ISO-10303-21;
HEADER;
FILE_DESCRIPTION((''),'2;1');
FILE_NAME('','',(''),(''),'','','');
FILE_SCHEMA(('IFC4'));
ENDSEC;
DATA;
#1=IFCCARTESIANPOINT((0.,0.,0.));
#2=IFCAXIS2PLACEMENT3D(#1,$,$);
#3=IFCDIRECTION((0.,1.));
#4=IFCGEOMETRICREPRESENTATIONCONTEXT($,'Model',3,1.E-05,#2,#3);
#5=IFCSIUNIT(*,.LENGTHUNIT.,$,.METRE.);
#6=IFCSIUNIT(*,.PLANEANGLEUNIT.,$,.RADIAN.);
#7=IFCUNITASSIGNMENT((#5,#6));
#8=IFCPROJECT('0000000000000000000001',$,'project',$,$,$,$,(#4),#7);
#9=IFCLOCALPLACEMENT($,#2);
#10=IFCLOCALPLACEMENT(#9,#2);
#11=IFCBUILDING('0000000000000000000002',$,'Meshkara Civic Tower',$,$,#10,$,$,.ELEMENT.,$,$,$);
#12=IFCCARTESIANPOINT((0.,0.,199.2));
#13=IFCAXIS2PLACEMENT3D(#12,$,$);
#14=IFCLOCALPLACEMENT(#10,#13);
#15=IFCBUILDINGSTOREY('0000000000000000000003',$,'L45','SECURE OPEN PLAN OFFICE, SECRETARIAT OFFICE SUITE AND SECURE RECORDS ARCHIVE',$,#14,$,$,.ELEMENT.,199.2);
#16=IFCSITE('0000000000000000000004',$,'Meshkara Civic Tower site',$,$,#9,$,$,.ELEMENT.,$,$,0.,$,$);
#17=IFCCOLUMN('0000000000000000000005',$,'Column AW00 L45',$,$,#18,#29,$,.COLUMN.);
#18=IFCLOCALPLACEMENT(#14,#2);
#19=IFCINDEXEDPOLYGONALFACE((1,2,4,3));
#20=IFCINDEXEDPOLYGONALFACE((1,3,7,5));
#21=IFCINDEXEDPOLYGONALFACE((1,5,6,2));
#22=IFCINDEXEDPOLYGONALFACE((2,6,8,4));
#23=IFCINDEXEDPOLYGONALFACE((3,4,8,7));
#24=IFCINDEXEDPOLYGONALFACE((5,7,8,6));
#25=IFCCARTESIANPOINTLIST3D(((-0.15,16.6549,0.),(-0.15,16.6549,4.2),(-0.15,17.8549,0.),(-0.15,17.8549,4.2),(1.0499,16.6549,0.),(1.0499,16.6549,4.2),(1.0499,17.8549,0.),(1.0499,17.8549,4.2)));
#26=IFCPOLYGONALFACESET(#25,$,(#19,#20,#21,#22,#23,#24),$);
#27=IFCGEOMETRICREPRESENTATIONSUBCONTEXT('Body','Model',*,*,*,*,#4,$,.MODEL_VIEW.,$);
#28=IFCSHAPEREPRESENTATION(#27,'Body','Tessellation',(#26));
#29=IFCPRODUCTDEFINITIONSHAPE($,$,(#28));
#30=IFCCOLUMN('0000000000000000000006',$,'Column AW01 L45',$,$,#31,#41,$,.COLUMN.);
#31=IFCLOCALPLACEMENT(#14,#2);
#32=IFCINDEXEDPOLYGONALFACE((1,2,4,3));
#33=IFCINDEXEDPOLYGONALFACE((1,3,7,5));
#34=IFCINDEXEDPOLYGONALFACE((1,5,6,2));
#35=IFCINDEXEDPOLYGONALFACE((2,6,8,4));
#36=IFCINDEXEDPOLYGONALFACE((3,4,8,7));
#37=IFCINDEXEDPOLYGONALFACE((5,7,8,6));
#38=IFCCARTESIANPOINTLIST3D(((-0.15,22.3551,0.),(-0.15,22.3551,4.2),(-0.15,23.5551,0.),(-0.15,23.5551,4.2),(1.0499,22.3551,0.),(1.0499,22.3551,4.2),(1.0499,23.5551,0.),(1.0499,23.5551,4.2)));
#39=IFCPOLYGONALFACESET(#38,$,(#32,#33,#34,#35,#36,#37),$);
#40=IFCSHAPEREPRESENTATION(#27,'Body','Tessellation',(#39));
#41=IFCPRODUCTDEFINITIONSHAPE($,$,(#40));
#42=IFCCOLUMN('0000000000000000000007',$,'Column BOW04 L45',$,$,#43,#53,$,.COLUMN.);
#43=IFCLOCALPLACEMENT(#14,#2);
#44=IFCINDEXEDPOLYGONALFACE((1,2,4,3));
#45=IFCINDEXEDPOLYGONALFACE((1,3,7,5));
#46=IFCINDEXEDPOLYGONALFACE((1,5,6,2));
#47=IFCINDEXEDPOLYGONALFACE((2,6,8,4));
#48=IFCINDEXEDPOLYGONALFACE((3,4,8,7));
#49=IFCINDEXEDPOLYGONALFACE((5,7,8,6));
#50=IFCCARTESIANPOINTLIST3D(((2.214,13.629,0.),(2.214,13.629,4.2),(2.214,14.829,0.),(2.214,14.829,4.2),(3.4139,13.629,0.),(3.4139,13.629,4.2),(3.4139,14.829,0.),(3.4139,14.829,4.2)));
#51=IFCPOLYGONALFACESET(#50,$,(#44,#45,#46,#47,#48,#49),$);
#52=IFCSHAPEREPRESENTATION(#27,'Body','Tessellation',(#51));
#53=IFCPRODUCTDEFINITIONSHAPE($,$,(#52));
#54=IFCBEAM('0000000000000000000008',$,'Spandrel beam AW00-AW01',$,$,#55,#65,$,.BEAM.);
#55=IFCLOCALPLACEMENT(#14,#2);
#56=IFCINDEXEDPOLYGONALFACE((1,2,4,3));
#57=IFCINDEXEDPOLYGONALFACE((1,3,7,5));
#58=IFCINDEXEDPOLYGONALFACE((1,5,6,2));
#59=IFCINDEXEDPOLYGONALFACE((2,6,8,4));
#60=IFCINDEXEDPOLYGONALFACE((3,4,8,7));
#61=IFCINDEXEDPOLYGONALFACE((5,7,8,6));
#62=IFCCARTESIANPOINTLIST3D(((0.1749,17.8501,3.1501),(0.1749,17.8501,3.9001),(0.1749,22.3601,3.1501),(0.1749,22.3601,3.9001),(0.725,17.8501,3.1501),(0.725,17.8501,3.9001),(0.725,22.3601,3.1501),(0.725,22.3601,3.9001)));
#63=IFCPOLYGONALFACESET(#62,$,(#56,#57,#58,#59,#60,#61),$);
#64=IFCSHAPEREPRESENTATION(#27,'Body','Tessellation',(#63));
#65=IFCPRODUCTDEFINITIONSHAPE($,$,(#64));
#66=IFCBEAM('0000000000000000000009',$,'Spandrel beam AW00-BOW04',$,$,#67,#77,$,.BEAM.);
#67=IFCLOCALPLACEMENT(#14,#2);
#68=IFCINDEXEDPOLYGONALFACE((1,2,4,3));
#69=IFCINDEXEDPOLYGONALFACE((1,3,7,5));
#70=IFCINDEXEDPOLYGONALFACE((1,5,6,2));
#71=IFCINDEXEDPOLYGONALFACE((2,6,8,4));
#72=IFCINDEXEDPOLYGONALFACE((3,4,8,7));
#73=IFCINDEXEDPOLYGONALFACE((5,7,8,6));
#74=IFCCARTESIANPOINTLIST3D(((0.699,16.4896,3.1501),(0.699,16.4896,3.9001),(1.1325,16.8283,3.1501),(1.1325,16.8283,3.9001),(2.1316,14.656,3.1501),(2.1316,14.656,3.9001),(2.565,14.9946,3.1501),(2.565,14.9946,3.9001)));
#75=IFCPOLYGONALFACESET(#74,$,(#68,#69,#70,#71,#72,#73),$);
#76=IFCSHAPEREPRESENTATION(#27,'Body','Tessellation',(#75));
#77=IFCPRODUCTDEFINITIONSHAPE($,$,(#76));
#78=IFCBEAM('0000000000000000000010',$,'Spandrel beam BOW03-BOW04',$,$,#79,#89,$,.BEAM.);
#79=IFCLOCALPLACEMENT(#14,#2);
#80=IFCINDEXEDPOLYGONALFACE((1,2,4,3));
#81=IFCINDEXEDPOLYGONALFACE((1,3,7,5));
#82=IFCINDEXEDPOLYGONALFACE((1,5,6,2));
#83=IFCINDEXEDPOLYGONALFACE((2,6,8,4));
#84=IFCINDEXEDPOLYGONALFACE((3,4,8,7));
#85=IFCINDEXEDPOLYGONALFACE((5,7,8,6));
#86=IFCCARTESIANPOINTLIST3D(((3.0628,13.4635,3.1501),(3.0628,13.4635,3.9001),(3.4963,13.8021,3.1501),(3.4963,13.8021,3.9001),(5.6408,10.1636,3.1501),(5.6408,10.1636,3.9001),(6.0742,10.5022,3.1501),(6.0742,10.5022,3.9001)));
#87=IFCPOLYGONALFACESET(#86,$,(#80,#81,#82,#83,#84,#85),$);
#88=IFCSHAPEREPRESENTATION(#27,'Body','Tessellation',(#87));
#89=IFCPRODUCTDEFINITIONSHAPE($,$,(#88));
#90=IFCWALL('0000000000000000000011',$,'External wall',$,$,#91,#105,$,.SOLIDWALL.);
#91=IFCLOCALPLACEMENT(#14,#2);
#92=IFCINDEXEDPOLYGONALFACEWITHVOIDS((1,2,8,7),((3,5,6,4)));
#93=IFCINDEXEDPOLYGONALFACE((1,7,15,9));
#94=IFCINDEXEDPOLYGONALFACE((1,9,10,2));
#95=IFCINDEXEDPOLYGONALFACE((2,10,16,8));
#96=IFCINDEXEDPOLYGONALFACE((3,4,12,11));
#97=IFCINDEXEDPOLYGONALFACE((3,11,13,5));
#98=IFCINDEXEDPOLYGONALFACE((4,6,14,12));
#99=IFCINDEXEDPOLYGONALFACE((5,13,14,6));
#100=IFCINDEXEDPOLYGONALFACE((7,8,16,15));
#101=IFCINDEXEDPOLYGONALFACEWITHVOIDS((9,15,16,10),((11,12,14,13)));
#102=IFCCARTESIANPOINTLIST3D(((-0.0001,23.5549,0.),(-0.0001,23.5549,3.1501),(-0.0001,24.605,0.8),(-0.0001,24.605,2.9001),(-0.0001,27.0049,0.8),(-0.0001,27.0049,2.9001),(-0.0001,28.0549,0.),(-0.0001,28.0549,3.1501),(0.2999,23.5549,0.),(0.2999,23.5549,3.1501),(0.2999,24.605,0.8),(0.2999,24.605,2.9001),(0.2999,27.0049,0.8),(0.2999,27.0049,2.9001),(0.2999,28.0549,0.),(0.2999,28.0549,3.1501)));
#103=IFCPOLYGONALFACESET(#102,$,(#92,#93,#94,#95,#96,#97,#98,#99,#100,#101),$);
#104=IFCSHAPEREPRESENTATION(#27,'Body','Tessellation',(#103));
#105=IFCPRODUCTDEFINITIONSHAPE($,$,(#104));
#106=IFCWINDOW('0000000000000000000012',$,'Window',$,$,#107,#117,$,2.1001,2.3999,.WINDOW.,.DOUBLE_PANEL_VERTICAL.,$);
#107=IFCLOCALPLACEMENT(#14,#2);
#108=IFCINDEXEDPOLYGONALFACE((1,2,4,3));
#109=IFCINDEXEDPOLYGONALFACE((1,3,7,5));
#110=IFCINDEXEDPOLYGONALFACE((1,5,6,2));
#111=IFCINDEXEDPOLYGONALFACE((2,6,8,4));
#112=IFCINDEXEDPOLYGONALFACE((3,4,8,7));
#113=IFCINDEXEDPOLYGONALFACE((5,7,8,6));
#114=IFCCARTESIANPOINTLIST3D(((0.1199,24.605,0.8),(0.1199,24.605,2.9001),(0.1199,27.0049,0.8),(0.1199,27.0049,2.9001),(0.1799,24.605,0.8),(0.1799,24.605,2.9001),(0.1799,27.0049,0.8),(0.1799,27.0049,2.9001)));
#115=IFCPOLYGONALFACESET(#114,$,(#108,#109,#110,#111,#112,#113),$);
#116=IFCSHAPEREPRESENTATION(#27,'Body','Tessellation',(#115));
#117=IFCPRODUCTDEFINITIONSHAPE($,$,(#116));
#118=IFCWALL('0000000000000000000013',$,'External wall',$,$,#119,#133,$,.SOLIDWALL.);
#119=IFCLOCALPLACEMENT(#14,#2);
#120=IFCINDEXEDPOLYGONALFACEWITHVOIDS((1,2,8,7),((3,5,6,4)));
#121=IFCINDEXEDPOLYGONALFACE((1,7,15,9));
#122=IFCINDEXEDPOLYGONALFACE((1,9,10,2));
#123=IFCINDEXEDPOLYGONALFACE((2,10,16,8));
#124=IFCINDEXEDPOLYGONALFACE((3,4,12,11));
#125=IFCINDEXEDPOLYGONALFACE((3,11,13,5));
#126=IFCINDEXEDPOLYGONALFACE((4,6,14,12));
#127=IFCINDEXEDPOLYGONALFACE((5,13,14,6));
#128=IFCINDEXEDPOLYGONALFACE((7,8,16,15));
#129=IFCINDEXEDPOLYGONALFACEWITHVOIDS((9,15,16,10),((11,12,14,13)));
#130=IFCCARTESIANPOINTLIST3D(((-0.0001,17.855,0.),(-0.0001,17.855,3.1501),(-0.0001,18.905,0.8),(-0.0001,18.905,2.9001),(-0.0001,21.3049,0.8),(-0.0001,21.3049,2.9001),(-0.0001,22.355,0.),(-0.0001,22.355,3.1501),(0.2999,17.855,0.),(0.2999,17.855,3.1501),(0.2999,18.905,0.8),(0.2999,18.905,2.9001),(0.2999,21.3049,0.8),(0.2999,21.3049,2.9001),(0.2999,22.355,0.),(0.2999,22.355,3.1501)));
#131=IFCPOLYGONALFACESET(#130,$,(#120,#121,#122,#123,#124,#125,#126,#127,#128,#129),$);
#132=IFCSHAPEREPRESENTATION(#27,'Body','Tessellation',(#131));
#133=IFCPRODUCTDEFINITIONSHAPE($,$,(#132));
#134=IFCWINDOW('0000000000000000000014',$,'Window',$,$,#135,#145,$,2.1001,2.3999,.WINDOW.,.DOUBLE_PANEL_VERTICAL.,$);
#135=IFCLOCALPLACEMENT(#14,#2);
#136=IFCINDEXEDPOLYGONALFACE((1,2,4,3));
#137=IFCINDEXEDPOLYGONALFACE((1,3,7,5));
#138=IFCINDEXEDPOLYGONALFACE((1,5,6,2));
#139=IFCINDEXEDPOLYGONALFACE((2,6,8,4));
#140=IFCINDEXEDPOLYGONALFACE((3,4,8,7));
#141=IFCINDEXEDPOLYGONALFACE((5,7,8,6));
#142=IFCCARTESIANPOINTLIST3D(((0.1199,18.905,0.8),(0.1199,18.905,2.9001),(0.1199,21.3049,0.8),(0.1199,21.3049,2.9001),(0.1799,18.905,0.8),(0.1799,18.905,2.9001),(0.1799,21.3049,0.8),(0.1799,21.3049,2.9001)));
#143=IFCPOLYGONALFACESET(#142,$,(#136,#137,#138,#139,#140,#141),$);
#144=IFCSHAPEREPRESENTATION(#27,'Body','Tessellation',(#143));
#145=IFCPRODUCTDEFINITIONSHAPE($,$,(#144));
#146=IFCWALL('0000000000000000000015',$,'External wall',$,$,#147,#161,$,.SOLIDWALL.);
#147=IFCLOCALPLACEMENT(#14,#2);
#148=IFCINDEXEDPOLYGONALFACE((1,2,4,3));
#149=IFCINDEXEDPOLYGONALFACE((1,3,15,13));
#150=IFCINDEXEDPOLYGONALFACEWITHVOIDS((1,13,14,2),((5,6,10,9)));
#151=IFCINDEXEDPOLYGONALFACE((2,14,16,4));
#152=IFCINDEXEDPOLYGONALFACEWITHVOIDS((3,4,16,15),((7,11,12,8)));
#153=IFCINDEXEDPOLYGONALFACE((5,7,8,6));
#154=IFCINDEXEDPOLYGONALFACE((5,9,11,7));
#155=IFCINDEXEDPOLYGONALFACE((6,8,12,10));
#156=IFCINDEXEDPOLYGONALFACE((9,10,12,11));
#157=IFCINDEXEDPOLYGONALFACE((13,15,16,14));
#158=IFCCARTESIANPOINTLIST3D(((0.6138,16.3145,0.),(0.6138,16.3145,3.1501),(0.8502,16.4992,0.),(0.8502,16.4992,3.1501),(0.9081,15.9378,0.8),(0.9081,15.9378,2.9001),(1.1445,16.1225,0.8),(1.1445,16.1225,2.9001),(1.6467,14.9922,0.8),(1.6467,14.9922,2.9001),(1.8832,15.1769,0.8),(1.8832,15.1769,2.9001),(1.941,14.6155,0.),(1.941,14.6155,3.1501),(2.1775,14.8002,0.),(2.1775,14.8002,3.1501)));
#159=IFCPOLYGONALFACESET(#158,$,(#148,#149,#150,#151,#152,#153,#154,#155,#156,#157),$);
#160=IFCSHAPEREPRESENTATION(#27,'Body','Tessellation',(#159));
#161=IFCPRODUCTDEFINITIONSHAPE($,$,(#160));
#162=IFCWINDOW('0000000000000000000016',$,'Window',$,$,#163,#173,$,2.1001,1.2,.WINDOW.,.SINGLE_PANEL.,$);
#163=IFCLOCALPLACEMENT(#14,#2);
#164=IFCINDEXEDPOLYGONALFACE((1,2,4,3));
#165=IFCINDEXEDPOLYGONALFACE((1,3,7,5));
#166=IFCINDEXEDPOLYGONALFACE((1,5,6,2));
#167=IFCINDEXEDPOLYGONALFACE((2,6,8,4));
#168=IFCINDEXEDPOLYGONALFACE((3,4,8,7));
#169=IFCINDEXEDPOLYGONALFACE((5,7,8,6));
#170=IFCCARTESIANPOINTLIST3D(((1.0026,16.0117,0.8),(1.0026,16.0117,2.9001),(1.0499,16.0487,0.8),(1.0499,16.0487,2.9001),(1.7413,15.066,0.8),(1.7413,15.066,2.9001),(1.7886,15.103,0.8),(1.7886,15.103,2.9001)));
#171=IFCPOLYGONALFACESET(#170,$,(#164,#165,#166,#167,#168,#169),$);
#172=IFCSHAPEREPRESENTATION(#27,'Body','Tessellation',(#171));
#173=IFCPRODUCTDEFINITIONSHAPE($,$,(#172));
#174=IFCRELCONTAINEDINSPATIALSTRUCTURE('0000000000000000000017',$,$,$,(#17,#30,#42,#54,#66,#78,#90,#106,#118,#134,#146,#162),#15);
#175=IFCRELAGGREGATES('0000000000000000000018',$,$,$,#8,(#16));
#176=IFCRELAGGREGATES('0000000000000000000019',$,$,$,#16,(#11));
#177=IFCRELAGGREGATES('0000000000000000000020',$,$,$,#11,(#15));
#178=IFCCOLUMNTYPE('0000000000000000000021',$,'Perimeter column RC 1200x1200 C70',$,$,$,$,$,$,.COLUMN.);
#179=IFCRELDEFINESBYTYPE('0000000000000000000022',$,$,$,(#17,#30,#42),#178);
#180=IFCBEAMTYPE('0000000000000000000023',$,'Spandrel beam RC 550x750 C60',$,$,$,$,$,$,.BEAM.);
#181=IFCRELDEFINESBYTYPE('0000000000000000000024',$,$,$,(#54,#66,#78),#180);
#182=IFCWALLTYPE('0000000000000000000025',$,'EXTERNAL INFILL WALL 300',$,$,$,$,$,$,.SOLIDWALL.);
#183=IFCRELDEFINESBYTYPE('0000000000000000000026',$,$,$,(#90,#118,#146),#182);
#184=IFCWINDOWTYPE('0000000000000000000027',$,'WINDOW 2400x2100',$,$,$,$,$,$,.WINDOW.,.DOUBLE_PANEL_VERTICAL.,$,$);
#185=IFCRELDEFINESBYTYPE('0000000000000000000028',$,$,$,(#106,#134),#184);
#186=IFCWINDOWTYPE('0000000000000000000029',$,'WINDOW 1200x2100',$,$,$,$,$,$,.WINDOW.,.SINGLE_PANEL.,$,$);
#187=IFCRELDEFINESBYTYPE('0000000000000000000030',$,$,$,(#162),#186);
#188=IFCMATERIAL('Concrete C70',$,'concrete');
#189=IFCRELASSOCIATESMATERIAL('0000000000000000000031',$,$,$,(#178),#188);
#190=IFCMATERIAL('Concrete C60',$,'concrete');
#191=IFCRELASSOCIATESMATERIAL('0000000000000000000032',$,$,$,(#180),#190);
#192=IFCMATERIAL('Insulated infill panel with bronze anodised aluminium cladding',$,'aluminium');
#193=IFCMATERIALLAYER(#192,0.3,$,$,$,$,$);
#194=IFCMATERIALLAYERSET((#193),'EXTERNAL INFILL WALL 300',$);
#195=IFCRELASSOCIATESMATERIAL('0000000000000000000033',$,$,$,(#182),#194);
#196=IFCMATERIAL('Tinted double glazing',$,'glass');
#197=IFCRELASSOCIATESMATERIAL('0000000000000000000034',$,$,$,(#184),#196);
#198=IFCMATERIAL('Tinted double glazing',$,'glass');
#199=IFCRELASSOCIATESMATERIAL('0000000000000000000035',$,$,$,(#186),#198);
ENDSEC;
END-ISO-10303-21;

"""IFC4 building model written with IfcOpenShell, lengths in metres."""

from ifc_helpers import new_model, si_unit, direction, frame, frame_2d, origin, origin_2d, place, context, subcontext, project, spatial, rectangle, extrude, material, layer, layer_set, material_profile, profile_set, type_object, element, fill, save


model = new_model("IFC4")

# Units and contexts
model_context = context("Model", 3, precision=1e-05, world=origin(), true_north=direction((0.0, 1.0)))
body_context = subcontext(model_context, "Body", "Model", "MODEL_VIEW")
ifc_project = project(units=[si_unit("LENGTHUNIT", "METRE"), si_unit("PLANEANGLEUNIT", "RADIAN")], contexts=[model_context])

# Site, building, storey
site_placement = place(None, origin())
site = spatial("IfcSite", under=ifc_project, at=site_placement, Name="Meshkara Civic Tower site", CompositionType="ELEMENT", RefElevation=0.0)
building_placement = place(site_placement, origin())
building = spatial("IfcBuilding", under=site, at=building_placement, Name="Meshkara Civic Tower", CompositionType="ELEMENT")
storey_placement = place(building_placement, frame((0.0, 0.0, 199.2)))
storey = spatial("IfcBuildingStorey", under=building, at=storey_placement, Name="L45", Description="SECURE OPEN PLAN OFFICE, SECRETARIAT OFFICE SUITE AND SECURE RECORDS ARCHIVE", CompositionType="ELEMENT", Elevation=199.2)

# Columns
ifc_material_1 = material(Name="Concrete C70", Category="concrete")
ifc_material_profile_1 = material_profile(ifc_material_1, rectangle(XDim=1.2, YDim=1.2, at=origin_2d()))
ifc_profile_set_1 = profile_set([ifc_material_profile_1], Name="Concrete C70")
column_type = type_object("IfcColumnType", Name="Perimeter column RC 1200x1200 C70", PredefinedType="COLUMN", material=ifc_profile_set_1)
for number, where, z_axis, x_axis, name in (
    (1, (0.45, 17.2549, 0.0), (0.0, 0.0, 1.0), (1.0, 0.0, 0.0), "Column AW00 L45"),
    (2, (0.45, 22.9551, 0.0), (0.0, 0.0, 1.0), (1.0, 0.0, 0.0), "Column AW01 L45"),
    (3, (2.814, 14.229, 0.0), (0.0, 0.0, 1.0), (1.0, 0.0, 0.0), "Column BOW04 L45"),
):
    element("IfcColumn", number, at=place(storey_placement, frame(where, z_axis=z_axis, x_axis=x_axis)), inside=storey, type_object=column_type, Name=name, PredefinedType="COLUMN", context=body_context, shape_type="SweptSolid", body=[
        extrude(rectangle(XDim=1.2, YDim=1.2, at=origin_2d()), origin(), (0.0, 0.0, 1.0), 4.2),
    ])

# Beams
ifc_material_2 = material(Name="Concrete C60", Category="concrete")
ifc_material_profile_2 = material_profile(ifc_material_2, rectangle(XDim=0.55, YDim=0.75, at=origin_2d()))
ifc_profile_set_2 = profile_set([ifc_material_profile_2], Name="Concrete C60")
beam_type = type_object("IfcBeamType", Name="Spandrel beam RC 550x750 C60", PredefinedType="BEAM", material=ifc_profile_set_2)
beam_1_placement = place(storey_placement, frame((0.45, 22.3601, 3.5251), z_axis=(0.0, -1.0, 0.0), x_axis=(1.0, 0.0, 0.0)))
element("IfcBeam", 4, at=beam_1_placement, inside=storey, type_object=beam_type, Name="Spandrel beam AW00-AW01", PredefinedType="BEAM", context=body_context, shape_type="SweptSolid", body=[
    extrude(rectangle(XDim=0.55, YDim=0.75, at=origin_2d()), origin(), (0.0, 0.0, 1.0), 4.51),
])
beam_2_placement = place(storey_placement, frame((0.9158, 16.6589, 3.5251), z_axis=(0.615646, -0.788023, 0.0), x_axis=(0.788023, 0.615646, 0.0)))
element("IfcBeam", 5, at=beam_2_placement, inside=storey, type_object=beam_type, Name="Spandrel beam AW00-BOW04", PredefinedType="BEAM", context=body_context, shape_type="SweptSolid", body=[
    extrude(rectangle(XDim=0.55, YDim=0.75, at=origin_2d()), origin(), (0.0, 0.0, 1.0), 2.3269),
])
beam_3_placement = place(storey_placement, frame((3.2795, 13.6328, 3.5251), z_axis=(0.61563, -0.788035, 0.0), x_axis=(0.788035, 0.61563, 0.0)))
element("IfcBeam", 6, at=beam_3_placement, inside=storey, type_object=beam_type, Name="Spandrel beam BOW03-BOW04", PredefinedType="BEAM", context=body_context, shape_type="SweptSolid", body=[
    extrude(rectangle(XDim=0.55, YDim=0.75, at=origin_2d()), origin(), (0.0, 0.0, 1.0), 4.1875),
])

# Walls, openings, windows
ifc_material_3 = material(Name="Insulated infill panel with bronze anodised aluminium cladding", Category="aluminium")
ifc_layer = layer(ifc_material_3, 0.3)
ifc_layer_set = layer_set([ifc_layer], Name="EXTERNAL INFILL WALL 300")
wall_type = type_object("IfcWallType", Name="EXTERNAL INFILL WALL 300", PredefinedType="SOLIDWALL", material=ifc_layer_set)
wall_1_placement = place(storey_placement, frame((0.1499, 28.0549, 0.0), z_axis=(0.0, 0.0, 1.0), x_axis=(0.0, -1.0, 0.0)))
wall_1 = element("IfcWall", 7, at=wall_1_placement, inside=storey, type_object=wall_type, Name="External wall", PredefinedType="SOLIDWALL", context=body_context, shape_type="SweptSolid", body=[
    extrude(rectangle(XDim=4.5, YDim=0.3, at=frame_2d((2.25, 0.0))), origin(), (0.0, 0.0, 1.0), 3.1501),
])
opening_1_placement = place(wall_1_placement, frame((1.05, 0.0, 0.8)))
opening_1 = element("IfcOpeningElement", 8, at=opening_1_placement, cuts=wall_1, PredefinedType="OPENING", context=body_context, shape_type="SweptSolid", body=[
    extrude(rectangle(XDim=2.3999, YDim=2.1001, at=frame_2d((1.2, 1.05))), frame((0.0, 0.1599, 0.0), z_axis=(0.0, -1.0, 0.0), x_axis=(1.0, 0.0, 0.0)), (0.0, 0.0, 1.0), 0.3201),
])
ifc_material_4 = material(Name="Tinted double glazing", Category="glass")
window_type_1 = type_object("IfcWindowType", Name="WINDOW 2400x2100", PartitioningType="DOUBLE_PANEL_VERTICAL", PredefinedType="WINDOW", material=ifc_material_4)
window_1_placement = place(opening_1_placement, origin())
window_1 = element("IfcWindow", 9, at=window_1_placement, inside=storey, type_object=window_type_1, Name="Window", OverallHeight=2.1001, OverallWidth=2.3999, PartitioningType="DOUBLE_PANEL_VERTICAL", PredefinedType="WINDOW", context=body_context, shape_type="SweptSolid", body=[
    extrude(rectangle(XDim=2.3999, YDim=2.1001, at=frame_2d((1.2, 1.05))), frame((0.0, 0.03, 0.0), z_axis=(0.0, -1.0, 0.0), x_axis=(1.0, 0.0, 0.0)), (0.0, 0.0, 1.0), 0.0601),
])
fill(opening_1, window_1)
wall_2_placement = place(storey_placement, frame((0.1499, 22.355, 0.0), z_axis=(0.0, 0.0, 1.0), x_axis=(0.0, -1.0, 0.0)))
wall_2 = element("IfcWall", 10, at=wall_2_placement, inside=storey, type_object=wall_type, Name="External wall", PredefinedType="SOLIDWALL", context=body_context, shape_type="SweptSolid", body=[
    extrude(rectangle(XDim=4.5, YDim=0.3, at=frame_2d((2.25, 0.0))), origin(), (0.0, 0.0, 1.0), 3.1501),
])
opening_2_placement = place(wall_2_placement, frame((1.05, 0.0, 0.8)))
opening_2 = element("IfcOpeningElement", 11, at=opening_2_placement, cuts=wall_2, PredefinedType="OPENING", context=body_context, shape_type="SweptSolid", body=[
    extrude(rectangle(XDim=2.3999, YDim=2.1001, at=frame_2d((1.2, 1.05))), frame((0.0, 0.1599, 0.0), z_axis=(0.0, -1.0, 0.0), x_axis=(1.0, 0.0, 0.0)), (0.0, 0.0, 1.0), 0.3201),
])
window_2_placement = place(opening_2_placement, origin())
window_2 = element("IfcWindow", 12, at=window_2_placement, inside=storey, type_object=window_type_1, Name="Window", OverallHeight=2.1001, OverallWidth=2.3999, PartitioningType="DOUBLE_PANEL_VERTICAL", PredefinedType="WINDOW", context=body_context, shape_type="SweptSolid", body=[
    extrude(rectangle(XDim=2.3999, YDim=2.1001, at=frame_2d((1.2, 1.05))), frame((0.0, 0.03, 0.0), z_axis=(0.0, -1.0, 0.0), x_axis=(1.0, 0.0, 0.0)), (0.0, 0.0, 1.0), 0.0601),
])
fill(opening_2, window_2)
wall_3_placement = place(storey_placement, frame((0.7319, 16.407, 0.0), z_axis=(0.0, 0.0, 1.0), x_axis=(0.615593, -0.788064, 0.0)))
wall_3 = element("IfcWall", 13, at=wall_3_placement, inside=storey, type_object=wall_type, Name="External wall", PredefinedType="SOLIDWALL", context=body_context, shape_type="SweptSolid", body=[
    extrude(rectangle(XDim=2.156, YDim=0.3, at=frame_2d((1.0781, 0.0))), origin(), (0.0, 0.0, 1.0), 3.1501),
])
opening_3_placement = place(wall_3_placement, frame((0.478, 0.0, 0.8)))
opening_3 = element("IfcOpeningElement", 14, at=opening_3_placement, cuts=wall_3, PredefinedType="OPENING", context=body_context, shape_type="SweptSolid", body=[
    extrude(rectangle(XDim=1.2, YDim=2.1001, at=frame_2d((0.6001, 1.05))), frame((0.0, 0.1599, 0.0), z_axis=(0.0, -1.0, 0.0), x_axis=(1.0, 0.0, 0.0)), (0.0, 0.0, 1.0), 0.3201),
])
ifc_material_5 = material(Name="Tinted double glazing", Category="glass")
window_type_2 = type_object("IfcWindowType", Name="WINDOW 1200x2100", PartitioningType="SINGLE_PANEL", PredefinedType="WINDOW", material=ifc_material_5)
window_3_placement = place(opening_3_placement, origin())
window_3 = element("IfcWindow", 15, at=window_3_placement, inside=storey, type_object=window_type_2, Name="Window", OverallHeight=2.1001, OverallWidth=1.2, PartitioningType="SINGLE_PANEL", PredefinedType="WINDOW", context=body_context, shape_type="SweptSolid", body=[
    extrude(rectangle(XDim=1.2, YDim=2.1001, at=frame_2d((0.6001, 1.05))), frame((0.0, 0.03, 0.0), z_axis=(0.0, -1.0, 0.0), x_axis=(1.0, 0.0, 0.0)), (0.0, 0.0, 1.0), 0.0601),
])
fill(opening_3, window_3)

save(model, "model.ifc")
